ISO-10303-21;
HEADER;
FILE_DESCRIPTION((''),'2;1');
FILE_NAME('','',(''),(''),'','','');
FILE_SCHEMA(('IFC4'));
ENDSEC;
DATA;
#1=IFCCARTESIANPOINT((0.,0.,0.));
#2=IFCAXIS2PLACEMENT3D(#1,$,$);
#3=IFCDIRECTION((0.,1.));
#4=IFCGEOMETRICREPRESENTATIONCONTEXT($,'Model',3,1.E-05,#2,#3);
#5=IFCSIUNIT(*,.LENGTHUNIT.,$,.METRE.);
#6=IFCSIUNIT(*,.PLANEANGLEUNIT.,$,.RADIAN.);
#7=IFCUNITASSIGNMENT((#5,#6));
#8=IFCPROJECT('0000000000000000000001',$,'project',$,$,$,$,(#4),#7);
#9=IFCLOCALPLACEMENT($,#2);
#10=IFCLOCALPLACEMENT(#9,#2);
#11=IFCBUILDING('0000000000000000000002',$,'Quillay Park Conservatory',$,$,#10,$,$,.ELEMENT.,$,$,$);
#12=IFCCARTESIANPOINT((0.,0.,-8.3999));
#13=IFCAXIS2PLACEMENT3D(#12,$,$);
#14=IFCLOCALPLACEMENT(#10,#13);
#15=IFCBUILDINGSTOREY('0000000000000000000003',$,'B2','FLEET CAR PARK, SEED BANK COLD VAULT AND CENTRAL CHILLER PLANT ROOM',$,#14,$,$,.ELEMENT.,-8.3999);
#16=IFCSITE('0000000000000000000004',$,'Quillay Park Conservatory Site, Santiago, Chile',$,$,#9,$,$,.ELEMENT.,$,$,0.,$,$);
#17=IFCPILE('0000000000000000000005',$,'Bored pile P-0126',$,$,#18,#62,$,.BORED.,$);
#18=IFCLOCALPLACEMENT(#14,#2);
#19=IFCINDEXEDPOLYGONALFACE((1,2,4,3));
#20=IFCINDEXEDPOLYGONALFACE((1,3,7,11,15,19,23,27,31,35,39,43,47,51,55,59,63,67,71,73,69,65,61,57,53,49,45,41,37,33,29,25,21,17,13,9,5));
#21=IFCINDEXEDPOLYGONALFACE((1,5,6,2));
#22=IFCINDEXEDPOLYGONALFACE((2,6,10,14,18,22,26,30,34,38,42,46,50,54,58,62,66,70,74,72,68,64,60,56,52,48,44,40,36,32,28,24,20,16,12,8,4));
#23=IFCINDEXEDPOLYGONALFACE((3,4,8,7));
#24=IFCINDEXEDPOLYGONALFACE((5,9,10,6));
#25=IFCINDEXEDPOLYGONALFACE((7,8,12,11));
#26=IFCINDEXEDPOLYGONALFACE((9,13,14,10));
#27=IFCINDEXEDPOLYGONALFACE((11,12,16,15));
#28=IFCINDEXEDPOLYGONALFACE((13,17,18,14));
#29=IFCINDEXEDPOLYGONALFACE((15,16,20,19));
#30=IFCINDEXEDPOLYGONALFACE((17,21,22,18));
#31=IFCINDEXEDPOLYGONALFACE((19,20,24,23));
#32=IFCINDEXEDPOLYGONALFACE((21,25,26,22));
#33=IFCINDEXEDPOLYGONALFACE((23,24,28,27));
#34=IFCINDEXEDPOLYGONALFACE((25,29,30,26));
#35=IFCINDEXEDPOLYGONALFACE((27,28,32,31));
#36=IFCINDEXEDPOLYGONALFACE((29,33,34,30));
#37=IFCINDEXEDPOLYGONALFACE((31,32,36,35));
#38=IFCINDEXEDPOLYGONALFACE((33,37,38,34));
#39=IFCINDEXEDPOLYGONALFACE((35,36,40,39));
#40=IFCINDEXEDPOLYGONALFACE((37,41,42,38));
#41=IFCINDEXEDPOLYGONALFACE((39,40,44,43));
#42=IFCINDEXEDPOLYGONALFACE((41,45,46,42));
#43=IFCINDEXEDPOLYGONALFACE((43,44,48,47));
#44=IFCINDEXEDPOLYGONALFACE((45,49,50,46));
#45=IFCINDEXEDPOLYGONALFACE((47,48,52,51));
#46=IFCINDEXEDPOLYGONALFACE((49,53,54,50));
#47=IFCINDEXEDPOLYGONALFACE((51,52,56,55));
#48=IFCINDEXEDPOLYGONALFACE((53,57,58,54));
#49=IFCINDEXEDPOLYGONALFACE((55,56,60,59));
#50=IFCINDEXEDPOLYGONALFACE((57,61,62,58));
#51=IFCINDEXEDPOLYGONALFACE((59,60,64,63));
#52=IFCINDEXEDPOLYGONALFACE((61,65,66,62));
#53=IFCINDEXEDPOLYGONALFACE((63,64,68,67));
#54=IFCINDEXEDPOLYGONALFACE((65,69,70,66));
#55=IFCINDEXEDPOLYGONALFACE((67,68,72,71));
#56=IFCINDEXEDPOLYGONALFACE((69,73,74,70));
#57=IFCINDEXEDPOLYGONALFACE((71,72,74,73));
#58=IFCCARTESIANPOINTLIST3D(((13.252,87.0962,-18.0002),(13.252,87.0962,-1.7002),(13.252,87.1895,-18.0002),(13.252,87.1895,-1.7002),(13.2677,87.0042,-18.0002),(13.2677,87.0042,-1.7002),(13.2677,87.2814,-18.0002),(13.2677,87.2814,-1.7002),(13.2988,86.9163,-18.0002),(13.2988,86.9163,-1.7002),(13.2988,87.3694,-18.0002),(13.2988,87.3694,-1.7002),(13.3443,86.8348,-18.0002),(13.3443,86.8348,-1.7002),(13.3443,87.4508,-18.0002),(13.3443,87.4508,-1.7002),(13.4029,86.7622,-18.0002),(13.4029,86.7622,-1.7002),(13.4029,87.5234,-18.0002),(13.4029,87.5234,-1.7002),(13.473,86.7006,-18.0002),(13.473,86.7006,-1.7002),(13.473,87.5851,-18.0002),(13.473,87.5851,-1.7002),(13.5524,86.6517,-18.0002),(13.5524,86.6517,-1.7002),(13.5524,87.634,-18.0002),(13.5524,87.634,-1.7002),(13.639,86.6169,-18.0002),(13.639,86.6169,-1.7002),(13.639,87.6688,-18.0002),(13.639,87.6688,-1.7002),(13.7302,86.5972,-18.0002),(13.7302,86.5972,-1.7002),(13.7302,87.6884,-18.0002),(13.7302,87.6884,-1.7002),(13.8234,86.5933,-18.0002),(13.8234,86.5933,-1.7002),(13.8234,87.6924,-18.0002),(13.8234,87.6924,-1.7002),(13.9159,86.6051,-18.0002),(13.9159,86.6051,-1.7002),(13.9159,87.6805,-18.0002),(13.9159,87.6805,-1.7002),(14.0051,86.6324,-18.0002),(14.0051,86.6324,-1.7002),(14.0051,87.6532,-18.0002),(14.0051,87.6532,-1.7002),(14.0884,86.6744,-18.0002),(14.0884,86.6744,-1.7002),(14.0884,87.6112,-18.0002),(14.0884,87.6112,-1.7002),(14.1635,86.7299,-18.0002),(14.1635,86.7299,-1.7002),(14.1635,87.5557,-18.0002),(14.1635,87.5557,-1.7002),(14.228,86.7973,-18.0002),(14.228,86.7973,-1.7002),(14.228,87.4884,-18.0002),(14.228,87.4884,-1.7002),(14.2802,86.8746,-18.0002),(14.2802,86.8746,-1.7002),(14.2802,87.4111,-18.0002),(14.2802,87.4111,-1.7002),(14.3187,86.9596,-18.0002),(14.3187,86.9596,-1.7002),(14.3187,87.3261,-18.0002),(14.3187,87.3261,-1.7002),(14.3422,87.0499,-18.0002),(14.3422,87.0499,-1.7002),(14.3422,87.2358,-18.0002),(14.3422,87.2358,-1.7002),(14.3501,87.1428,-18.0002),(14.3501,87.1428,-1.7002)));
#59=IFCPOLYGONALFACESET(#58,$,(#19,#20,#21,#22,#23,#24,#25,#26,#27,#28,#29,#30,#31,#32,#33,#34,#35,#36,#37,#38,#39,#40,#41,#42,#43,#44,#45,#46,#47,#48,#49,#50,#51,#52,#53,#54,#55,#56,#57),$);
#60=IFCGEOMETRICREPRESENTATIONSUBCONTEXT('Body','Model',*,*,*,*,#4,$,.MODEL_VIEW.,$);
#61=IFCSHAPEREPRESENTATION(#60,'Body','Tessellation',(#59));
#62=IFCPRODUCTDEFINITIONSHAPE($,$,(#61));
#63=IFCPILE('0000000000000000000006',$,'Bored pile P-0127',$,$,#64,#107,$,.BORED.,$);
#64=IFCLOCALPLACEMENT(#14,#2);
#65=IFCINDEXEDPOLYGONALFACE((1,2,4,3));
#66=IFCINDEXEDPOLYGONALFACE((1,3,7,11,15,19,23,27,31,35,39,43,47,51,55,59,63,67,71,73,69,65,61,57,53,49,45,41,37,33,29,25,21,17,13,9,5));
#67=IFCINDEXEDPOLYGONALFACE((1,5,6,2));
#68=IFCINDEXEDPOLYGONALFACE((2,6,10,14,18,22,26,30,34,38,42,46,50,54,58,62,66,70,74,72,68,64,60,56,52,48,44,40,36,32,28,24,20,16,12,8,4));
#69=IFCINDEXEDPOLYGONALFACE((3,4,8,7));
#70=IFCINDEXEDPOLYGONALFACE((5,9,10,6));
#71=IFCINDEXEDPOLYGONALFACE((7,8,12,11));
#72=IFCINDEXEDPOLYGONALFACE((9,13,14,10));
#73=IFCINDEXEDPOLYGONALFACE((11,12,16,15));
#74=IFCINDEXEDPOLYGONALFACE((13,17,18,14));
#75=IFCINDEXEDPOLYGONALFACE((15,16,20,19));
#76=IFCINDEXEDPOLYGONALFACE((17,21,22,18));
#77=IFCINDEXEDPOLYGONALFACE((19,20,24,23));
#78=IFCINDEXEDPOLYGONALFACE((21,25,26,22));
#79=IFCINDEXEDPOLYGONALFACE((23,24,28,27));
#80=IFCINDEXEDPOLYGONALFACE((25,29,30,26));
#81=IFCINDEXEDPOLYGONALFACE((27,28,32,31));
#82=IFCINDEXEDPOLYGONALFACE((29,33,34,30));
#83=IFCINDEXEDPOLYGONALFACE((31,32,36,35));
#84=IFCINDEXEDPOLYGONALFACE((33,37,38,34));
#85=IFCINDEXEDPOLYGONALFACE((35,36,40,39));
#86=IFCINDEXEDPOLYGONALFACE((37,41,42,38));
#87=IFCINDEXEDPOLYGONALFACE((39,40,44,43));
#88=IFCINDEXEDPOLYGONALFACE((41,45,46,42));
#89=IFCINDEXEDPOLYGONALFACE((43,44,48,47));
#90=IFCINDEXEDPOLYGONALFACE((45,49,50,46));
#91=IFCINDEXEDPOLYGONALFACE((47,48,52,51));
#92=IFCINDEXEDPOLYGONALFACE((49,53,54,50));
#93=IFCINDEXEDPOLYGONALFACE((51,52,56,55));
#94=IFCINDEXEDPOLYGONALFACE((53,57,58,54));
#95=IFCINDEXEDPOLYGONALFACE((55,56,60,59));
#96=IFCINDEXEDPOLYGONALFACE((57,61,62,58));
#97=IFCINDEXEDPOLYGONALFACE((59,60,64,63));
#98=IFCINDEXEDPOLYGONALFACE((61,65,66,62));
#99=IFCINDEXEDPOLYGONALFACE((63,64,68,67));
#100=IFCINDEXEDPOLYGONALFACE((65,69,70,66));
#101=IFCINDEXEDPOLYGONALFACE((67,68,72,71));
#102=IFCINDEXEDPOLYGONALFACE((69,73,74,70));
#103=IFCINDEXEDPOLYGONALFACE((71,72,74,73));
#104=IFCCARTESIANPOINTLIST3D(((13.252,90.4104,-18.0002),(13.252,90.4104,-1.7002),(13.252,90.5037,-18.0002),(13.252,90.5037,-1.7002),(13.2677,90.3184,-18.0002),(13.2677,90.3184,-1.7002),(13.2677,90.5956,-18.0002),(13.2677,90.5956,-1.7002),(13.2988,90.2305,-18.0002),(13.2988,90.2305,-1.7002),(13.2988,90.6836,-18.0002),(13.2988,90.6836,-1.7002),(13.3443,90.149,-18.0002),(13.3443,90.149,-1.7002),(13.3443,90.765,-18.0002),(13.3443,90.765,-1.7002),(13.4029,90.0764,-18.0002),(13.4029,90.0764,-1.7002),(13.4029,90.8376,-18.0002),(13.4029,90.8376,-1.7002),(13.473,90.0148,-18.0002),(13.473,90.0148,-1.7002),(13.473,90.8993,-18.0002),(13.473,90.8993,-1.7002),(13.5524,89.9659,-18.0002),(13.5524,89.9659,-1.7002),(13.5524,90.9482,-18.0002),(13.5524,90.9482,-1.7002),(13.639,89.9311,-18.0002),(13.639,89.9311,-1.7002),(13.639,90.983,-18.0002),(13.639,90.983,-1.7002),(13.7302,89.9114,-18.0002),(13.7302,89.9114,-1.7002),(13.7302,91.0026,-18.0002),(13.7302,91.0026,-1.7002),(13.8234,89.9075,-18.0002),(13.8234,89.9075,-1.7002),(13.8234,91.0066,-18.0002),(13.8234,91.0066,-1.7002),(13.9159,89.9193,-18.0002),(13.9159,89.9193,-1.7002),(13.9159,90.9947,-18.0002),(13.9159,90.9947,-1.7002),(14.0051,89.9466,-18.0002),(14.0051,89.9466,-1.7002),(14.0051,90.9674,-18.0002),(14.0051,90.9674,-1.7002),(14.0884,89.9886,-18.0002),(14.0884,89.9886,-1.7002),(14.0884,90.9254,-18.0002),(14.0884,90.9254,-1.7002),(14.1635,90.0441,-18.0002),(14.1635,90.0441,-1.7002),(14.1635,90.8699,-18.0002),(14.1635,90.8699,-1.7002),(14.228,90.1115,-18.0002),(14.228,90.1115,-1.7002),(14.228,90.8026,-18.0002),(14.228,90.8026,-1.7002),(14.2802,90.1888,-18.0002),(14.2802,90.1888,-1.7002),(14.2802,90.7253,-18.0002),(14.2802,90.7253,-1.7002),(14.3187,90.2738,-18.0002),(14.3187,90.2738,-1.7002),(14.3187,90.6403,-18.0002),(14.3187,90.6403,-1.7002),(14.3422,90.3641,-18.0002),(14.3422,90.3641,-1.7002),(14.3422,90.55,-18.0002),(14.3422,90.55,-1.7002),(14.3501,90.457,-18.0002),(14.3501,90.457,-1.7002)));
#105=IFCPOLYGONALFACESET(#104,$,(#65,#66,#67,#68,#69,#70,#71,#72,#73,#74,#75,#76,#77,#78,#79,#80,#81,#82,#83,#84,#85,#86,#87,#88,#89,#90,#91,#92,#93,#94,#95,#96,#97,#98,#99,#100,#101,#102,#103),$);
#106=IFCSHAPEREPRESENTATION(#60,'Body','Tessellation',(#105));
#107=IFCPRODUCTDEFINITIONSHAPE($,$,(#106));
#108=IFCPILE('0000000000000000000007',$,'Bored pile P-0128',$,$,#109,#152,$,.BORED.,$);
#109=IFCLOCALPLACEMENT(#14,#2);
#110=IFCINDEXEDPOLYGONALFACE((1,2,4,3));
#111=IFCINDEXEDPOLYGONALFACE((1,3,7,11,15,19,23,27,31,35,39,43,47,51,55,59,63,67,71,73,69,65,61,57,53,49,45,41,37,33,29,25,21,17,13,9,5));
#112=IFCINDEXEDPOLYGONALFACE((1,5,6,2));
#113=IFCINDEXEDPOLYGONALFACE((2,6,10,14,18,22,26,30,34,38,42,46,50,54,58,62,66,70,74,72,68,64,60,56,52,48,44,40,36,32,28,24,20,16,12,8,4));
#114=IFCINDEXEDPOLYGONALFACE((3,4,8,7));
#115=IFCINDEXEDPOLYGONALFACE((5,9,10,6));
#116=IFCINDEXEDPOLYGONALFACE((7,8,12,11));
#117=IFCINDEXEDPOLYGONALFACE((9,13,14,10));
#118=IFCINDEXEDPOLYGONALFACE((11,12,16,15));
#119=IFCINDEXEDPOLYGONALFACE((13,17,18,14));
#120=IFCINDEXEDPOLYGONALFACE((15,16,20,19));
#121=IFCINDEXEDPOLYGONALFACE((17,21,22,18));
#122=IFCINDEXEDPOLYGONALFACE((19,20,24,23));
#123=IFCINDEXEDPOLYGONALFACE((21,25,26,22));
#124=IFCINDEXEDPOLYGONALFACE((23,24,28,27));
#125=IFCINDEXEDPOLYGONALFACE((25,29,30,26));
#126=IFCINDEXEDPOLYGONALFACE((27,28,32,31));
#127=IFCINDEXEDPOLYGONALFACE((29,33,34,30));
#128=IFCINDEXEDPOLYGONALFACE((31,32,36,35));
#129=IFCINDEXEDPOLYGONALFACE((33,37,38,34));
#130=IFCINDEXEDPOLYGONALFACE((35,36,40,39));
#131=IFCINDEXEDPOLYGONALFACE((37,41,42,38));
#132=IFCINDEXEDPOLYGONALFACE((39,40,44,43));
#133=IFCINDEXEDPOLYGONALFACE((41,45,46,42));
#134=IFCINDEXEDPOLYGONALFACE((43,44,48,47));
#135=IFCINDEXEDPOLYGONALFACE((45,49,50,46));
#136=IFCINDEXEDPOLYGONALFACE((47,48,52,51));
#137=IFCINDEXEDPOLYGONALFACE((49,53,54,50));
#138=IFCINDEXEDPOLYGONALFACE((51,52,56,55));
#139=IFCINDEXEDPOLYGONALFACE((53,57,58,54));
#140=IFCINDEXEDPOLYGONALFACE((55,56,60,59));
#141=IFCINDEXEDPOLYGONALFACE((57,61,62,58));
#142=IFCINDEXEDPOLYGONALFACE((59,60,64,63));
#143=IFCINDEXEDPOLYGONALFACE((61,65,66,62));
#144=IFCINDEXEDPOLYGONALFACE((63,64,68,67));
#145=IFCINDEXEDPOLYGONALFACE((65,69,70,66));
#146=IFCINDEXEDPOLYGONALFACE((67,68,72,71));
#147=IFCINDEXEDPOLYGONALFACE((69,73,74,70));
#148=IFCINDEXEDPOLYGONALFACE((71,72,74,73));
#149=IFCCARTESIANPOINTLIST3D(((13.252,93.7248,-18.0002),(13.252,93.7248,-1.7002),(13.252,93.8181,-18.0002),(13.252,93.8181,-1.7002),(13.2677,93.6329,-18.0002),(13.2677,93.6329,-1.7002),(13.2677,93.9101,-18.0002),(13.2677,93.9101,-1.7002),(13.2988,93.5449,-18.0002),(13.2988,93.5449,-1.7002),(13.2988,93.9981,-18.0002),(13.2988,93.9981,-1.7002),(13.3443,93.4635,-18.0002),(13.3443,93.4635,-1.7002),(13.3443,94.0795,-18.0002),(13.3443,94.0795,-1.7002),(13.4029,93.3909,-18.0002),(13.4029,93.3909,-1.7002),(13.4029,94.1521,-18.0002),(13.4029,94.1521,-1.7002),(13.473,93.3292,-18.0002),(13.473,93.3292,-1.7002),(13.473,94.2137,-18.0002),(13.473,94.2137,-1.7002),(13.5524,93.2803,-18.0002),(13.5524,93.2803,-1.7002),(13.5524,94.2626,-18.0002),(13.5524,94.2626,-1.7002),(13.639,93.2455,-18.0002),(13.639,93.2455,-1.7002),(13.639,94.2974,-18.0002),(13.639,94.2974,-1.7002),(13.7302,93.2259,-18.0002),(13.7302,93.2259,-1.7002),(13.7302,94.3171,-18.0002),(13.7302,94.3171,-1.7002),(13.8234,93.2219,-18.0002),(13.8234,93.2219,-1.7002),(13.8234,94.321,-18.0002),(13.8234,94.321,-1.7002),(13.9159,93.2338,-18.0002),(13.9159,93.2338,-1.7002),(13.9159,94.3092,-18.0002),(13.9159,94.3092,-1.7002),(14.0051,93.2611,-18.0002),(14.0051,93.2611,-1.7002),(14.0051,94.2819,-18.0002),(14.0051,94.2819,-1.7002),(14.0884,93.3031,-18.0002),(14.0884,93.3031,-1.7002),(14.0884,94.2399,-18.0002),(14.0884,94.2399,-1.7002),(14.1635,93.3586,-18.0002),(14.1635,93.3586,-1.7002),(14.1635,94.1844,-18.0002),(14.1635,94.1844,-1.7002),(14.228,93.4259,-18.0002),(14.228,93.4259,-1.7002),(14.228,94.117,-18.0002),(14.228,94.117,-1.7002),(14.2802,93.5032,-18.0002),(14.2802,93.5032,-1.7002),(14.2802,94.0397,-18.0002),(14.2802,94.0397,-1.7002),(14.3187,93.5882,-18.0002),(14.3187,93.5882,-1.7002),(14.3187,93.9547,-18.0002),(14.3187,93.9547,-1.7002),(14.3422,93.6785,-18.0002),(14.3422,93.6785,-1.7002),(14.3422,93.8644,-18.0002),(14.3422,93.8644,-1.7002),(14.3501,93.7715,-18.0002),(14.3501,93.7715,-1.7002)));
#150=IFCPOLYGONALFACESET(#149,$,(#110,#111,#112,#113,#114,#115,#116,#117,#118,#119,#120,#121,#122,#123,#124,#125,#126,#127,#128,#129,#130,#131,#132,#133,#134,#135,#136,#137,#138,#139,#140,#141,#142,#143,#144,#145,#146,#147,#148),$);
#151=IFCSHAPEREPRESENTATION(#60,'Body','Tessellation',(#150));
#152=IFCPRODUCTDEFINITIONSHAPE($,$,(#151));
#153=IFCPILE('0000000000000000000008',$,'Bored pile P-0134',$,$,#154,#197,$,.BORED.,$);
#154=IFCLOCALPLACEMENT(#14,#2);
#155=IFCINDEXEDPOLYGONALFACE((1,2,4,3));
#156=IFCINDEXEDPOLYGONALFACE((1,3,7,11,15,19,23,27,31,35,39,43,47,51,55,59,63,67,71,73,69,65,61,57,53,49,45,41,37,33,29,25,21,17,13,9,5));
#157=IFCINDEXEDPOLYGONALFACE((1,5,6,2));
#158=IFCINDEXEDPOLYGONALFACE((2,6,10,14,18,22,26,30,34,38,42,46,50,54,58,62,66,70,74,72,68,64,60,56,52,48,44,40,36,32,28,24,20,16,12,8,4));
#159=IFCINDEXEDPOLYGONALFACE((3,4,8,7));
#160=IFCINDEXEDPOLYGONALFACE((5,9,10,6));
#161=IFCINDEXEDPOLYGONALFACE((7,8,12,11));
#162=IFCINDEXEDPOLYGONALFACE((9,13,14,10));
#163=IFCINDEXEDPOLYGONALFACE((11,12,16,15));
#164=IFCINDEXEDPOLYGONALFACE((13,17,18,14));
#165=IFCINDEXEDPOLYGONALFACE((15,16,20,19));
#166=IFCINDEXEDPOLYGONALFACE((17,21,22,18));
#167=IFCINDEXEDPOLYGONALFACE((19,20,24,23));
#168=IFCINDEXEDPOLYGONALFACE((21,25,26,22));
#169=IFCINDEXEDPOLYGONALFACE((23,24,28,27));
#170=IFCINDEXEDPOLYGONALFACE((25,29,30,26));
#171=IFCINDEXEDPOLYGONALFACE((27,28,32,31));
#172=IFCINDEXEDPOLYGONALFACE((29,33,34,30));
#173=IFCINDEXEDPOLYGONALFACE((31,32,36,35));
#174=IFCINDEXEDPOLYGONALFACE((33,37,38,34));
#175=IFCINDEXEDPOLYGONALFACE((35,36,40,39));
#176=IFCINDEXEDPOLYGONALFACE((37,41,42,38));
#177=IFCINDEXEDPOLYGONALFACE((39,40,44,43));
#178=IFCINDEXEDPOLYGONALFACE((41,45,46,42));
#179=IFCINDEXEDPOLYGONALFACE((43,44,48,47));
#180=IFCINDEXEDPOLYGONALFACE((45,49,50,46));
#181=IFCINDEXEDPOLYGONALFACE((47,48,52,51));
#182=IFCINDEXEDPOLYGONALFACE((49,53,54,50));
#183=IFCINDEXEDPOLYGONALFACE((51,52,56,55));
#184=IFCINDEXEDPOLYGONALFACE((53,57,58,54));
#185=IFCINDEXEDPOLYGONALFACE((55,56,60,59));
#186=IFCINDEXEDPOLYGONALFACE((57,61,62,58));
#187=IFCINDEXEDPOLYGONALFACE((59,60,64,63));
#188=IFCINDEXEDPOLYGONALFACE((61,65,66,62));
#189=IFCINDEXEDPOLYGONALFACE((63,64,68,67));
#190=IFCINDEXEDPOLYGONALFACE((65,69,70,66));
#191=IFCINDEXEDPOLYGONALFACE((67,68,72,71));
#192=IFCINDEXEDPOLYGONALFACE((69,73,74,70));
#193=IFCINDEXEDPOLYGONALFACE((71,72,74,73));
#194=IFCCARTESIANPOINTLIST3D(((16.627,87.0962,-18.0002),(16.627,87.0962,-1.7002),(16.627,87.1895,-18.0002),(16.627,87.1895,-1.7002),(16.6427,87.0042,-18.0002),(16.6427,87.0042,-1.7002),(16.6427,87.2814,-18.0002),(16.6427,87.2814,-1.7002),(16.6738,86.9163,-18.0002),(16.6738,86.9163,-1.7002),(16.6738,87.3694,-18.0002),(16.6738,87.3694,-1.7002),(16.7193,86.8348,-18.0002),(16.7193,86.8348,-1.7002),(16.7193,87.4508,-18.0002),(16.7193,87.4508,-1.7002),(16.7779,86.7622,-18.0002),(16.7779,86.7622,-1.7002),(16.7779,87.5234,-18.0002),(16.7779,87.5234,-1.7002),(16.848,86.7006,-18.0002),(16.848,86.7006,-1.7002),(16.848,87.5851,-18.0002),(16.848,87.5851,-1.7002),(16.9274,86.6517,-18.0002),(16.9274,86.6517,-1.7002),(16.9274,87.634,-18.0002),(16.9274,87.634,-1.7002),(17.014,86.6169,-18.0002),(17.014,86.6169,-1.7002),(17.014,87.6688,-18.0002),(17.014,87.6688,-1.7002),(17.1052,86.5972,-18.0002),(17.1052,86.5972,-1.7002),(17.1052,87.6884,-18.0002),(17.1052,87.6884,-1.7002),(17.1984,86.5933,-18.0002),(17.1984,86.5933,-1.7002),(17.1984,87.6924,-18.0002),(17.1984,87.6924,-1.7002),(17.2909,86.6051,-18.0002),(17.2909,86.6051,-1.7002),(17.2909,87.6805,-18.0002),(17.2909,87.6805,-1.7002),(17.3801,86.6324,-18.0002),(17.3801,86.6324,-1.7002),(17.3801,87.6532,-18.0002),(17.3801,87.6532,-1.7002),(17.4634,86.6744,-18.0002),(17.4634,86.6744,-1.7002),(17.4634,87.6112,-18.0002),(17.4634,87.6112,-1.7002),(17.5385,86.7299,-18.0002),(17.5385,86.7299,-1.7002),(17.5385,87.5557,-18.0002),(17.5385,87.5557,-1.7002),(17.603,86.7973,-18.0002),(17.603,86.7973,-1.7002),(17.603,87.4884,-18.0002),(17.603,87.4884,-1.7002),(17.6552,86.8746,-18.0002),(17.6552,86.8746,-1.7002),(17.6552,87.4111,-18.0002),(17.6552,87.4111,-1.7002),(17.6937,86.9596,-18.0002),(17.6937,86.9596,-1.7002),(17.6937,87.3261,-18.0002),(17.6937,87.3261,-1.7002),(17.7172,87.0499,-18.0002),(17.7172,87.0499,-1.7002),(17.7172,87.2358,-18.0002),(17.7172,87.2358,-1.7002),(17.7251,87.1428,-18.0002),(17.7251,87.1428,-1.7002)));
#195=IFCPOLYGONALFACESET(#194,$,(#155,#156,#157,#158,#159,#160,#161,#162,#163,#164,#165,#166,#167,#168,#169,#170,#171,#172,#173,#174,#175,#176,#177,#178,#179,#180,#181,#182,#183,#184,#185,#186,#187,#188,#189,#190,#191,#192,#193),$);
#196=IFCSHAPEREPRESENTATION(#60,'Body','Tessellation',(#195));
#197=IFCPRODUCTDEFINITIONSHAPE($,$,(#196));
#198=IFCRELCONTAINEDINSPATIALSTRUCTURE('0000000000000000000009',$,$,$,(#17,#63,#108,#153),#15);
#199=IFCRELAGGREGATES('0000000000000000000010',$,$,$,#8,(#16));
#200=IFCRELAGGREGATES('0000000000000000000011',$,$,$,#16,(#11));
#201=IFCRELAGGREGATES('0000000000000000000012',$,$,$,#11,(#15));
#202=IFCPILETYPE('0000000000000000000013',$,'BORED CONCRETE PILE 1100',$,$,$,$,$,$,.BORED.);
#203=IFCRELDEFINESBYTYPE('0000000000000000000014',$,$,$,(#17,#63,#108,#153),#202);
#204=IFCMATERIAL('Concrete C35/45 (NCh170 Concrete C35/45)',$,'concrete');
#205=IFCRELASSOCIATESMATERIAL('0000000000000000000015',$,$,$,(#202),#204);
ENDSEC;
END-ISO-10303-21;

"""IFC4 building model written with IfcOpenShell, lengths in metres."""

from ifc_helpers import new_model, si_unit, direction, frame, origin, origin_2d, place, context, subcontext, project, spatial, circle, extrude, material, material_profile, profile_set, type_object, element, save


model = new_model("IFC4")

# Units and contexts
model_context = context("Model", 3, precision=1e-05, world=origin(), true_north=direction((0.0, 1.0)))
body_context = subcontext(model_context, "Body", "Model", "MODEL_VIEW")
ifc_project = project(units=[si_unit("LENGTHUNIT", "METRE"), si_unit("PLANEANGLEUNIT", "RADIAN")], contexts=[model_context])

# Site, building, storey
site_placement = place(None, origin())
site = spatial("IfcSite", under=ifc_project, at=site_placement, Name="Quillay Park Conservatory Site, Santiago, Chile", CompositionType="ELEMENT", RefElevation=0.0)
building_placement = place(site_placement, origin())
building = spatial("IfcBuilding", under=site, at=building_placement, Name="Quillay Park Conservatory", CompositionType="ELEMENT")
storey_placement = place(building_placement, frame((0.0, 0.0, -8.3999)))
storey = spatial("IfcBuildingStorey", under=building, at=storey_placement, Name="B2", Description="FLEET CAR PARK, SEED BANK COLD VAULT AND CENTRAL CHILLER PLANT ROOM", CompositionType="ELEMENT", Elevation=-8.3999)

# Piles
ifc_material_1 = material(Name="Concrete C35/45 (NCh170 Concrete C35/45)", Category="concrete")
ifc_material_profile_1 = material_profile(ifc_material_1, circle(Radius=0.55, at=origin_2d()), Name="PILE1100")
ifc_profile_set_1 = profile_set([ifc_material_profile_1], Name="Concrete C35/45 (NCh170 Concrete C35/45)")
pile_type = type_object("IfcPileType", Name="BORED CONCRETE PILE 1100", PredefinedType="BORED", material=ifc_profile_set_1)
for number, where, z_axis, x_axis, name in (
    (1, (13.8, 87.1428, -1.7002), (0.0, 0.0, -1.0), (1.0, 0.0, 0.0), "Bored pile P-0126"),
    (2, (13.8, 90.457, -1.7002), (0.0, 0.0, -1.0), (1.0, 0.0, 0.0), "Bored pile P-0127"),
    (3, (13.8, 93.7715, -1.7002), (0.0, 0.0, -1.0), (1.0, 0.0, 0.0), "Bored pile P-0128"),
    (4, (17.175, 87.1428, -1.7002), (0.0, 0.0, -1.0), (1.0, 0.0, 0.0), "Bored pile P-0134"),
):
    element("IfcPile", number, at=place(storey_placement, frame(where, z_axis=z_axis, x_axis=x_axis)), inside=storey, type_object=pile_type, Name=name, PredefinedType="BORED", context=body_context, shape_type="SweptSolid", body=[
        extrude(circle(Radius=0.55, at=origin_2d()), origin(), (0.0, 0.0, 1.0), 16.3),
    ])

save(model, "model.ifc")
